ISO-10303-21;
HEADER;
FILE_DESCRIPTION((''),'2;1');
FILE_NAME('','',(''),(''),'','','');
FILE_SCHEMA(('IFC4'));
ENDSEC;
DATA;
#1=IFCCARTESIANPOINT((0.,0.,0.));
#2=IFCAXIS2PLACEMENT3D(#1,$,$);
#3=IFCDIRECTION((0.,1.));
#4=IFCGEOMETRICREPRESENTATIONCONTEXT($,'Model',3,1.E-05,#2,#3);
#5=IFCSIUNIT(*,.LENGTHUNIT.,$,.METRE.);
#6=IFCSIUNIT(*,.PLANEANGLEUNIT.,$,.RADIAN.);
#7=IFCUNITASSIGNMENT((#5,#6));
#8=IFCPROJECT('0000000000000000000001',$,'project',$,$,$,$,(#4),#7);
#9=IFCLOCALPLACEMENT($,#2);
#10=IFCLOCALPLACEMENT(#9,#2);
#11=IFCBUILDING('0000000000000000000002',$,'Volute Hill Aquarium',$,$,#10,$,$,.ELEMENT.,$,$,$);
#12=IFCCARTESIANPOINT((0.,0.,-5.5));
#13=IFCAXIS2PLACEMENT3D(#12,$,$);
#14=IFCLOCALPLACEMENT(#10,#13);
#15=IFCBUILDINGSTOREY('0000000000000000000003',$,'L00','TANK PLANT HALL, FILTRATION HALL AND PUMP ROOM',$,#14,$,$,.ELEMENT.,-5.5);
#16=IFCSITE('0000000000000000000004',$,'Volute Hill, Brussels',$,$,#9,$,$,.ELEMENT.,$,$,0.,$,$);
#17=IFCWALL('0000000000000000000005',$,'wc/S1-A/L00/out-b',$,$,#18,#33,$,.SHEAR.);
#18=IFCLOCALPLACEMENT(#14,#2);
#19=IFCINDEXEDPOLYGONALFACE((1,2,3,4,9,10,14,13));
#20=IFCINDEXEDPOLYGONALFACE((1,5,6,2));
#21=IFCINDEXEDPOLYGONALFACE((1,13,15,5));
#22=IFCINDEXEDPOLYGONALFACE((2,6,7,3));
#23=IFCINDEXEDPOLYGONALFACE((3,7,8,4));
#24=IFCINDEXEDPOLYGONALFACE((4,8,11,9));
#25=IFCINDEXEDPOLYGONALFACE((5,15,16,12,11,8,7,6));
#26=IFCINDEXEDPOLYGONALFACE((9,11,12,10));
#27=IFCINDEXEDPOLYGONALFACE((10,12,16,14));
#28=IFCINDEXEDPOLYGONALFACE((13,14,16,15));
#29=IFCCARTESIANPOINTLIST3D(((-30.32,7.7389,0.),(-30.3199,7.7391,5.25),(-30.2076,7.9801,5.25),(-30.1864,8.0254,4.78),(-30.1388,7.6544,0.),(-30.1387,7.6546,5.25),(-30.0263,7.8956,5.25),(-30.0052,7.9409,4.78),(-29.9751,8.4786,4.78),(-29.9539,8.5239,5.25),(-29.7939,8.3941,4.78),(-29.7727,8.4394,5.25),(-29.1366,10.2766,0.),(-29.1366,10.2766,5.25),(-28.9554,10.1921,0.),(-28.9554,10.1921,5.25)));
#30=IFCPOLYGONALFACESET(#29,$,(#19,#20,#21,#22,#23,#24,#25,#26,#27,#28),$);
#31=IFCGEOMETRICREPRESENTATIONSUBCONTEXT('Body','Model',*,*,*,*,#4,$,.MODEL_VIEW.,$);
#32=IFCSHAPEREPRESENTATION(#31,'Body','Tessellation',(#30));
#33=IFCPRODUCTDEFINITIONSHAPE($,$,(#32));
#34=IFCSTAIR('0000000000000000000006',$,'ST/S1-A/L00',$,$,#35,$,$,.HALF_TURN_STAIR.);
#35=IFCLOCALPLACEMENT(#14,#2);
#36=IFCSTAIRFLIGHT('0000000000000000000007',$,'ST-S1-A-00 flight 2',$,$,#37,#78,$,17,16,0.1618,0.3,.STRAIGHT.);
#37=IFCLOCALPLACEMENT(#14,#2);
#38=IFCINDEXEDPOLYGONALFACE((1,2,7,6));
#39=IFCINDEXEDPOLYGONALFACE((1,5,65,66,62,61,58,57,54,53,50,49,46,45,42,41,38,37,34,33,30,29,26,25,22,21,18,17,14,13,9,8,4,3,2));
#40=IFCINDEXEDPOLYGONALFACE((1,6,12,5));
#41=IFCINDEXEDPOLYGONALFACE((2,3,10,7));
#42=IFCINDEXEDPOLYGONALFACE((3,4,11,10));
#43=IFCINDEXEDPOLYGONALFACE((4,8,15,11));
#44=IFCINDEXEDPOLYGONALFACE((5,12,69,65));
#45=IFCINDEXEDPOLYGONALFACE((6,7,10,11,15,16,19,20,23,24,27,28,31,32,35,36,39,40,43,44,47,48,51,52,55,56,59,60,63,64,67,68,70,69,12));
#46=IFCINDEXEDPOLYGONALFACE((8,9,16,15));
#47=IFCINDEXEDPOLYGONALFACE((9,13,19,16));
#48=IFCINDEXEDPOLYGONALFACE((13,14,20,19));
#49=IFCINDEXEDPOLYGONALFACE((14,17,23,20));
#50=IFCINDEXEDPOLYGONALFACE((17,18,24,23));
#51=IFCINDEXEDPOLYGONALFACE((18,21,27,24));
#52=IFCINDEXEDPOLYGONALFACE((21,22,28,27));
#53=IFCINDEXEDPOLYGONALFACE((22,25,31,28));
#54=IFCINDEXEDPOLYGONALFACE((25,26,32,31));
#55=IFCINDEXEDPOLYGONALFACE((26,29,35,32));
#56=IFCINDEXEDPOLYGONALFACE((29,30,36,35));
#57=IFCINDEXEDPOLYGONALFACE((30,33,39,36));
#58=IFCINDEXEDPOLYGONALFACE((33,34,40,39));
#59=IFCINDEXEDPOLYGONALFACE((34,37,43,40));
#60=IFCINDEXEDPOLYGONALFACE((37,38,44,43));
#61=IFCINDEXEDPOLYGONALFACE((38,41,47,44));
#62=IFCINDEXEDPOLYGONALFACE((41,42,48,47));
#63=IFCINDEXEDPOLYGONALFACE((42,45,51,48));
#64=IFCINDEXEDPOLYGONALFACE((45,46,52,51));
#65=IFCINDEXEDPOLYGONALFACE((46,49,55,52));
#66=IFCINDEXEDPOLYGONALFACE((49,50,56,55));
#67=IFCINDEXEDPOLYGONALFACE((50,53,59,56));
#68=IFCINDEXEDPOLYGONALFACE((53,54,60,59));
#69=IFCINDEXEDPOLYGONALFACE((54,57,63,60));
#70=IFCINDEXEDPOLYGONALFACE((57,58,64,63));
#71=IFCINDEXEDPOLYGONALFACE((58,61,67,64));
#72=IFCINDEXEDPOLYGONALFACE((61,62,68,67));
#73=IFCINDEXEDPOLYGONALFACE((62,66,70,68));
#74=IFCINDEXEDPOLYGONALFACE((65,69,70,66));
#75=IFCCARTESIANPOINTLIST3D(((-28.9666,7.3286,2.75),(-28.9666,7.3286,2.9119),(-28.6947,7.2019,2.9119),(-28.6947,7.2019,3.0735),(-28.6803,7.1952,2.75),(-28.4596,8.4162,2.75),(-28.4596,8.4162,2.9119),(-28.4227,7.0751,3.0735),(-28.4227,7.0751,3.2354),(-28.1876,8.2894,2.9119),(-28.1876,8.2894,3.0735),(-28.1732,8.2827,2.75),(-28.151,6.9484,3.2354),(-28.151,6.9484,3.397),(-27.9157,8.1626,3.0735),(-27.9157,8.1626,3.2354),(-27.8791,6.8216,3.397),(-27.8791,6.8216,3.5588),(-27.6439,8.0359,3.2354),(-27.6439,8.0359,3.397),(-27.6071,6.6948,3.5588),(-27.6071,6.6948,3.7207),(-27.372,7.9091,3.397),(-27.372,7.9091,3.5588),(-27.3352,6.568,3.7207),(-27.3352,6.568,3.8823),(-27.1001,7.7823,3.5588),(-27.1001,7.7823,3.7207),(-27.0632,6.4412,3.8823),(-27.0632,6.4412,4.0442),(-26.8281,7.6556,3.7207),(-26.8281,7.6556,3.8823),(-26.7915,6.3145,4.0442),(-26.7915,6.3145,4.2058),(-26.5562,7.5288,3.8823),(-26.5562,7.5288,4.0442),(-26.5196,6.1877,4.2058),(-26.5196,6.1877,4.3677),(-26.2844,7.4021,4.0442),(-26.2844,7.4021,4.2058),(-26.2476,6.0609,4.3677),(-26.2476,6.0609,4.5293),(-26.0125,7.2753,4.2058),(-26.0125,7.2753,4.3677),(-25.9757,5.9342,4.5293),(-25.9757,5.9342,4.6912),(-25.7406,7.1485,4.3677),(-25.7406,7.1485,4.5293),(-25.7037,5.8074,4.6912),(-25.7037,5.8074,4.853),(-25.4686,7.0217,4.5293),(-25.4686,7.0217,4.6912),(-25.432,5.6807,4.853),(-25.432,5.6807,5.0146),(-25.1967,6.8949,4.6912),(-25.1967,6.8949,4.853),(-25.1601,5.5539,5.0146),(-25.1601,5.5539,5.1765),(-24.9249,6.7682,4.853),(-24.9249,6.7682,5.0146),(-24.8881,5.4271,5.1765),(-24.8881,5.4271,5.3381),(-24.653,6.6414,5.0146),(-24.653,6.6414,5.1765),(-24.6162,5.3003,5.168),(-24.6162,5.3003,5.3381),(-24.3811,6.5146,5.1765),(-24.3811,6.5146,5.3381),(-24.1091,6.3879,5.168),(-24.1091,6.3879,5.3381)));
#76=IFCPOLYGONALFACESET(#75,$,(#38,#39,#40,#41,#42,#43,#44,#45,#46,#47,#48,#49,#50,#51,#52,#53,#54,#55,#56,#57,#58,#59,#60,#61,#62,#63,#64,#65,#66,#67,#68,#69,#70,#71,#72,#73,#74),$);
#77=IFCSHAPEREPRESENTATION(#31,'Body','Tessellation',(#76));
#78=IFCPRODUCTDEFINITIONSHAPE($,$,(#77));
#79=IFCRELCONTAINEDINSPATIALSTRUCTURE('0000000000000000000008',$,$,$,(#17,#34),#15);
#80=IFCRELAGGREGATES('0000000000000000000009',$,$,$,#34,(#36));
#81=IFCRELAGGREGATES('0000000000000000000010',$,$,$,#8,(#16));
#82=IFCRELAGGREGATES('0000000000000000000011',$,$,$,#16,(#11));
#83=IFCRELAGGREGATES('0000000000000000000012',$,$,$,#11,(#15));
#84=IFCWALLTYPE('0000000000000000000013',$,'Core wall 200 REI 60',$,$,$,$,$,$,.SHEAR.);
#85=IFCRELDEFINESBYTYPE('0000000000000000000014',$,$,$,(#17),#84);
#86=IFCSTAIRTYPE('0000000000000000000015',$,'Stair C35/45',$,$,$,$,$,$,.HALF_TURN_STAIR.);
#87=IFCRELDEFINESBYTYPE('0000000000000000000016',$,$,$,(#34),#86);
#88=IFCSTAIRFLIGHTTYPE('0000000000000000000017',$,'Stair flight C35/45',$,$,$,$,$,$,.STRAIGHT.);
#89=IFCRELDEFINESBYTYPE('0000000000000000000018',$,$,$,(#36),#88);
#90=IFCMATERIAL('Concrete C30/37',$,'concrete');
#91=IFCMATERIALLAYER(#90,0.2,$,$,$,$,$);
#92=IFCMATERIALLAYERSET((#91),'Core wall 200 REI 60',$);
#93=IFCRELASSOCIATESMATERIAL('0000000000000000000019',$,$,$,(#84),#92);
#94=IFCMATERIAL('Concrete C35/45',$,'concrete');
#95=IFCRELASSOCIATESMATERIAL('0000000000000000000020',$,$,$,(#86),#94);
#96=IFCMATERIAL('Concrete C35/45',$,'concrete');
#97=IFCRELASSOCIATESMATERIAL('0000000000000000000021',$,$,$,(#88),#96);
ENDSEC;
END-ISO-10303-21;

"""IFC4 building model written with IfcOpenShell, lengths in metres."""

from ifc_helpers import new_model, si_unit, direction, frame, origin, place, context, subcontext, project, spatial, polyline, outline, extrude, material, layer, layer_set, type_object, element, aggregate, save


model = new_model("IFC4")

# Units and contexts
model_context = context("Model", 3, precision=1e-05, world=origin(), true_north=direction((0.0, 1.0)))
body_context = subcontext(model_context, "Body", "Model", "MODEL_VIEW")
ifc_project = project(units=[si_unit("LENGTHUNIT", "METRE"), si_unit("PLANEANGLEUNIT", "RADIAN")], contexts=[model_context])

# Site, building, storey
site_placement = place(None, origin())
site = spatial("IfcSite", under=ifc_project, at=site_placement, Name="Volute Hill, Brussels", CompositionType="ELEMENT", RefElevation=0.0)
building_placement = place(site_placement, origin())
building = spatial("IfcBuilding", under=site, at=building_placement, Name="Volute Hill Aquarium", CompositionType="ELEMENT")
storey_placement = place(building_placement, frame((0.0, 0.0, -5.5)))
storey = spatial("IfcBuildingStorey", under=building, at=storey_placement, Name="L00", Description="TANK PLANT HALL, FILTRATION HALL AND PUMP ROOM", CompositionType="ELEMENT", Elevation=-5.5)

# Wall
ifc_material_1 = material(Name="Concrete C30/37", Category="concrete")
ifc_layer_1 = layer(ifc_material_1, 0.2)
ifc_layer_set_1 = layer_set([ifc_layer_1], Name="Core wall 200 REI 60")
wall_type = type_object("IfcWallType", Name="Core wall 200 REI 60", PredefinedType="SHEAR", material=ifc_layer_set_1)
wall_placement = place(storey_placement, frame((-29.0461, 10.2344, 0.0), z_axis=(0.0, 0.0, 1.0), x_axis=(-0.422632, -0.906301, 0.0)))
element("IfcWall", 1, at=wall_placement, inside=storey, type_object=wall_type, Name="wc/S1-A/L00/out-b", PredefinedType="SHEAR", context=body_context, shape_type="SweptSolid", body=[
    extrude(outline(polyline([(0.0, 0.0), (2.8, 0.0), (2.7998, 5.25), (2.5339, 5.25), (2.4839, 4.78), (1.9839, 4.78), (1.9338, 5.25), (0.0, 5.25), (0.0, 0.0)])), frame((0.0, 0.1001, 0.0), z_axis=(0.0, -1.0, 0.0), x_axis=(1.0, 0.0, 0.0)), (0.0, 0.0, 1.0), 0.2),
])

# Stair, stair flight
ifc_material_2 = material(Name="Concrete C35/45", Category="concrete")
stair_type = type_object("IfcStairType", Name="Stair C35/45", PredefinedType="HALF_TURN_STAIR", material=ifc_material_2)
stair_placement = place(storey_placement, origin())
stair = element("IfcStair", 2, at=stair_placement, inside=storey, type_object=stair_type, Name="ST/S1-A/L00", PredefinedType="HALF_TURN_STAIR")
ifc_material_3 = material(Name="Concrete C35/45", Category="concrete")
stair_flight_type = type_object("IfcStairFlightType", Name="Stair flight C35/45", PredefinedType="STRAIGHT", material=ifc_material_3)
stair_flight_placement = place(storey_placement, frame((-28.7131, 7.8723, 2.75), z_axis=(0.0, 0.0, 1.0), x_axis=(0.906331, -0.422568, 0.0)))
stair_flight = element("IfcStairFlight", 3, at=stair_flight_placement, type_object=stair_flight_type, Name="ST-S1-A-00 flight 2", NumberOfRisers=17, NumberOfTreads=16, PredefinedType="STRAIGHT", RiserHeight=0.1618, TreadLength=0.3, context=body_context, shape_type="SweptSolid", body=[
    extrude(outline(polyline([(0.0, 0.0), (0.0, 0.1619), (0.3, 0.1619), (0.3, 0.3235), (0.6001, 0.3235), (0.6001, 0.4854), (0.8999, 0.4854), (0.8999, 0.647), (1.2, 0.647), (1.2, 0.8088), (1.5, 0.8088), (1.5, 0.9707), (1.8, 0.9707), (1.8, 1.1323), (2.1001, 1.1323), (2.1001, 1.2942), (2.3999, 1.2942), (2.3999, 1.4558), (2.7, 1.4558), (2.7, 1.6177), (3.0, 1.6177), (3.0, 1.7793), (3.3, 1.7793), (3.3, 1.9412), (3.6001, 1.9412), (3.6001, 2.103), (3.8999, 2.103), (3.8999, 2.2646), (4.2, 2.2646), (4.2, 2.4265), (4.5, 2.4265), (4.5, 2.5881), (4.8, 2.5881), (4.8, 2.75), (4.8, 2.418), (0.3159, 0.0), (0.0, 0.0)])), frame((0.0, 0.6001, 0.0), z_axis=(0.0, -1.0, 0.0), x_axis=(1.0, 0.0, 0.0)), (0.0, 0.0, 1.0), 1.2),
])
aggregate(stair, [stair_flight])

save(model, "model.ifc")
